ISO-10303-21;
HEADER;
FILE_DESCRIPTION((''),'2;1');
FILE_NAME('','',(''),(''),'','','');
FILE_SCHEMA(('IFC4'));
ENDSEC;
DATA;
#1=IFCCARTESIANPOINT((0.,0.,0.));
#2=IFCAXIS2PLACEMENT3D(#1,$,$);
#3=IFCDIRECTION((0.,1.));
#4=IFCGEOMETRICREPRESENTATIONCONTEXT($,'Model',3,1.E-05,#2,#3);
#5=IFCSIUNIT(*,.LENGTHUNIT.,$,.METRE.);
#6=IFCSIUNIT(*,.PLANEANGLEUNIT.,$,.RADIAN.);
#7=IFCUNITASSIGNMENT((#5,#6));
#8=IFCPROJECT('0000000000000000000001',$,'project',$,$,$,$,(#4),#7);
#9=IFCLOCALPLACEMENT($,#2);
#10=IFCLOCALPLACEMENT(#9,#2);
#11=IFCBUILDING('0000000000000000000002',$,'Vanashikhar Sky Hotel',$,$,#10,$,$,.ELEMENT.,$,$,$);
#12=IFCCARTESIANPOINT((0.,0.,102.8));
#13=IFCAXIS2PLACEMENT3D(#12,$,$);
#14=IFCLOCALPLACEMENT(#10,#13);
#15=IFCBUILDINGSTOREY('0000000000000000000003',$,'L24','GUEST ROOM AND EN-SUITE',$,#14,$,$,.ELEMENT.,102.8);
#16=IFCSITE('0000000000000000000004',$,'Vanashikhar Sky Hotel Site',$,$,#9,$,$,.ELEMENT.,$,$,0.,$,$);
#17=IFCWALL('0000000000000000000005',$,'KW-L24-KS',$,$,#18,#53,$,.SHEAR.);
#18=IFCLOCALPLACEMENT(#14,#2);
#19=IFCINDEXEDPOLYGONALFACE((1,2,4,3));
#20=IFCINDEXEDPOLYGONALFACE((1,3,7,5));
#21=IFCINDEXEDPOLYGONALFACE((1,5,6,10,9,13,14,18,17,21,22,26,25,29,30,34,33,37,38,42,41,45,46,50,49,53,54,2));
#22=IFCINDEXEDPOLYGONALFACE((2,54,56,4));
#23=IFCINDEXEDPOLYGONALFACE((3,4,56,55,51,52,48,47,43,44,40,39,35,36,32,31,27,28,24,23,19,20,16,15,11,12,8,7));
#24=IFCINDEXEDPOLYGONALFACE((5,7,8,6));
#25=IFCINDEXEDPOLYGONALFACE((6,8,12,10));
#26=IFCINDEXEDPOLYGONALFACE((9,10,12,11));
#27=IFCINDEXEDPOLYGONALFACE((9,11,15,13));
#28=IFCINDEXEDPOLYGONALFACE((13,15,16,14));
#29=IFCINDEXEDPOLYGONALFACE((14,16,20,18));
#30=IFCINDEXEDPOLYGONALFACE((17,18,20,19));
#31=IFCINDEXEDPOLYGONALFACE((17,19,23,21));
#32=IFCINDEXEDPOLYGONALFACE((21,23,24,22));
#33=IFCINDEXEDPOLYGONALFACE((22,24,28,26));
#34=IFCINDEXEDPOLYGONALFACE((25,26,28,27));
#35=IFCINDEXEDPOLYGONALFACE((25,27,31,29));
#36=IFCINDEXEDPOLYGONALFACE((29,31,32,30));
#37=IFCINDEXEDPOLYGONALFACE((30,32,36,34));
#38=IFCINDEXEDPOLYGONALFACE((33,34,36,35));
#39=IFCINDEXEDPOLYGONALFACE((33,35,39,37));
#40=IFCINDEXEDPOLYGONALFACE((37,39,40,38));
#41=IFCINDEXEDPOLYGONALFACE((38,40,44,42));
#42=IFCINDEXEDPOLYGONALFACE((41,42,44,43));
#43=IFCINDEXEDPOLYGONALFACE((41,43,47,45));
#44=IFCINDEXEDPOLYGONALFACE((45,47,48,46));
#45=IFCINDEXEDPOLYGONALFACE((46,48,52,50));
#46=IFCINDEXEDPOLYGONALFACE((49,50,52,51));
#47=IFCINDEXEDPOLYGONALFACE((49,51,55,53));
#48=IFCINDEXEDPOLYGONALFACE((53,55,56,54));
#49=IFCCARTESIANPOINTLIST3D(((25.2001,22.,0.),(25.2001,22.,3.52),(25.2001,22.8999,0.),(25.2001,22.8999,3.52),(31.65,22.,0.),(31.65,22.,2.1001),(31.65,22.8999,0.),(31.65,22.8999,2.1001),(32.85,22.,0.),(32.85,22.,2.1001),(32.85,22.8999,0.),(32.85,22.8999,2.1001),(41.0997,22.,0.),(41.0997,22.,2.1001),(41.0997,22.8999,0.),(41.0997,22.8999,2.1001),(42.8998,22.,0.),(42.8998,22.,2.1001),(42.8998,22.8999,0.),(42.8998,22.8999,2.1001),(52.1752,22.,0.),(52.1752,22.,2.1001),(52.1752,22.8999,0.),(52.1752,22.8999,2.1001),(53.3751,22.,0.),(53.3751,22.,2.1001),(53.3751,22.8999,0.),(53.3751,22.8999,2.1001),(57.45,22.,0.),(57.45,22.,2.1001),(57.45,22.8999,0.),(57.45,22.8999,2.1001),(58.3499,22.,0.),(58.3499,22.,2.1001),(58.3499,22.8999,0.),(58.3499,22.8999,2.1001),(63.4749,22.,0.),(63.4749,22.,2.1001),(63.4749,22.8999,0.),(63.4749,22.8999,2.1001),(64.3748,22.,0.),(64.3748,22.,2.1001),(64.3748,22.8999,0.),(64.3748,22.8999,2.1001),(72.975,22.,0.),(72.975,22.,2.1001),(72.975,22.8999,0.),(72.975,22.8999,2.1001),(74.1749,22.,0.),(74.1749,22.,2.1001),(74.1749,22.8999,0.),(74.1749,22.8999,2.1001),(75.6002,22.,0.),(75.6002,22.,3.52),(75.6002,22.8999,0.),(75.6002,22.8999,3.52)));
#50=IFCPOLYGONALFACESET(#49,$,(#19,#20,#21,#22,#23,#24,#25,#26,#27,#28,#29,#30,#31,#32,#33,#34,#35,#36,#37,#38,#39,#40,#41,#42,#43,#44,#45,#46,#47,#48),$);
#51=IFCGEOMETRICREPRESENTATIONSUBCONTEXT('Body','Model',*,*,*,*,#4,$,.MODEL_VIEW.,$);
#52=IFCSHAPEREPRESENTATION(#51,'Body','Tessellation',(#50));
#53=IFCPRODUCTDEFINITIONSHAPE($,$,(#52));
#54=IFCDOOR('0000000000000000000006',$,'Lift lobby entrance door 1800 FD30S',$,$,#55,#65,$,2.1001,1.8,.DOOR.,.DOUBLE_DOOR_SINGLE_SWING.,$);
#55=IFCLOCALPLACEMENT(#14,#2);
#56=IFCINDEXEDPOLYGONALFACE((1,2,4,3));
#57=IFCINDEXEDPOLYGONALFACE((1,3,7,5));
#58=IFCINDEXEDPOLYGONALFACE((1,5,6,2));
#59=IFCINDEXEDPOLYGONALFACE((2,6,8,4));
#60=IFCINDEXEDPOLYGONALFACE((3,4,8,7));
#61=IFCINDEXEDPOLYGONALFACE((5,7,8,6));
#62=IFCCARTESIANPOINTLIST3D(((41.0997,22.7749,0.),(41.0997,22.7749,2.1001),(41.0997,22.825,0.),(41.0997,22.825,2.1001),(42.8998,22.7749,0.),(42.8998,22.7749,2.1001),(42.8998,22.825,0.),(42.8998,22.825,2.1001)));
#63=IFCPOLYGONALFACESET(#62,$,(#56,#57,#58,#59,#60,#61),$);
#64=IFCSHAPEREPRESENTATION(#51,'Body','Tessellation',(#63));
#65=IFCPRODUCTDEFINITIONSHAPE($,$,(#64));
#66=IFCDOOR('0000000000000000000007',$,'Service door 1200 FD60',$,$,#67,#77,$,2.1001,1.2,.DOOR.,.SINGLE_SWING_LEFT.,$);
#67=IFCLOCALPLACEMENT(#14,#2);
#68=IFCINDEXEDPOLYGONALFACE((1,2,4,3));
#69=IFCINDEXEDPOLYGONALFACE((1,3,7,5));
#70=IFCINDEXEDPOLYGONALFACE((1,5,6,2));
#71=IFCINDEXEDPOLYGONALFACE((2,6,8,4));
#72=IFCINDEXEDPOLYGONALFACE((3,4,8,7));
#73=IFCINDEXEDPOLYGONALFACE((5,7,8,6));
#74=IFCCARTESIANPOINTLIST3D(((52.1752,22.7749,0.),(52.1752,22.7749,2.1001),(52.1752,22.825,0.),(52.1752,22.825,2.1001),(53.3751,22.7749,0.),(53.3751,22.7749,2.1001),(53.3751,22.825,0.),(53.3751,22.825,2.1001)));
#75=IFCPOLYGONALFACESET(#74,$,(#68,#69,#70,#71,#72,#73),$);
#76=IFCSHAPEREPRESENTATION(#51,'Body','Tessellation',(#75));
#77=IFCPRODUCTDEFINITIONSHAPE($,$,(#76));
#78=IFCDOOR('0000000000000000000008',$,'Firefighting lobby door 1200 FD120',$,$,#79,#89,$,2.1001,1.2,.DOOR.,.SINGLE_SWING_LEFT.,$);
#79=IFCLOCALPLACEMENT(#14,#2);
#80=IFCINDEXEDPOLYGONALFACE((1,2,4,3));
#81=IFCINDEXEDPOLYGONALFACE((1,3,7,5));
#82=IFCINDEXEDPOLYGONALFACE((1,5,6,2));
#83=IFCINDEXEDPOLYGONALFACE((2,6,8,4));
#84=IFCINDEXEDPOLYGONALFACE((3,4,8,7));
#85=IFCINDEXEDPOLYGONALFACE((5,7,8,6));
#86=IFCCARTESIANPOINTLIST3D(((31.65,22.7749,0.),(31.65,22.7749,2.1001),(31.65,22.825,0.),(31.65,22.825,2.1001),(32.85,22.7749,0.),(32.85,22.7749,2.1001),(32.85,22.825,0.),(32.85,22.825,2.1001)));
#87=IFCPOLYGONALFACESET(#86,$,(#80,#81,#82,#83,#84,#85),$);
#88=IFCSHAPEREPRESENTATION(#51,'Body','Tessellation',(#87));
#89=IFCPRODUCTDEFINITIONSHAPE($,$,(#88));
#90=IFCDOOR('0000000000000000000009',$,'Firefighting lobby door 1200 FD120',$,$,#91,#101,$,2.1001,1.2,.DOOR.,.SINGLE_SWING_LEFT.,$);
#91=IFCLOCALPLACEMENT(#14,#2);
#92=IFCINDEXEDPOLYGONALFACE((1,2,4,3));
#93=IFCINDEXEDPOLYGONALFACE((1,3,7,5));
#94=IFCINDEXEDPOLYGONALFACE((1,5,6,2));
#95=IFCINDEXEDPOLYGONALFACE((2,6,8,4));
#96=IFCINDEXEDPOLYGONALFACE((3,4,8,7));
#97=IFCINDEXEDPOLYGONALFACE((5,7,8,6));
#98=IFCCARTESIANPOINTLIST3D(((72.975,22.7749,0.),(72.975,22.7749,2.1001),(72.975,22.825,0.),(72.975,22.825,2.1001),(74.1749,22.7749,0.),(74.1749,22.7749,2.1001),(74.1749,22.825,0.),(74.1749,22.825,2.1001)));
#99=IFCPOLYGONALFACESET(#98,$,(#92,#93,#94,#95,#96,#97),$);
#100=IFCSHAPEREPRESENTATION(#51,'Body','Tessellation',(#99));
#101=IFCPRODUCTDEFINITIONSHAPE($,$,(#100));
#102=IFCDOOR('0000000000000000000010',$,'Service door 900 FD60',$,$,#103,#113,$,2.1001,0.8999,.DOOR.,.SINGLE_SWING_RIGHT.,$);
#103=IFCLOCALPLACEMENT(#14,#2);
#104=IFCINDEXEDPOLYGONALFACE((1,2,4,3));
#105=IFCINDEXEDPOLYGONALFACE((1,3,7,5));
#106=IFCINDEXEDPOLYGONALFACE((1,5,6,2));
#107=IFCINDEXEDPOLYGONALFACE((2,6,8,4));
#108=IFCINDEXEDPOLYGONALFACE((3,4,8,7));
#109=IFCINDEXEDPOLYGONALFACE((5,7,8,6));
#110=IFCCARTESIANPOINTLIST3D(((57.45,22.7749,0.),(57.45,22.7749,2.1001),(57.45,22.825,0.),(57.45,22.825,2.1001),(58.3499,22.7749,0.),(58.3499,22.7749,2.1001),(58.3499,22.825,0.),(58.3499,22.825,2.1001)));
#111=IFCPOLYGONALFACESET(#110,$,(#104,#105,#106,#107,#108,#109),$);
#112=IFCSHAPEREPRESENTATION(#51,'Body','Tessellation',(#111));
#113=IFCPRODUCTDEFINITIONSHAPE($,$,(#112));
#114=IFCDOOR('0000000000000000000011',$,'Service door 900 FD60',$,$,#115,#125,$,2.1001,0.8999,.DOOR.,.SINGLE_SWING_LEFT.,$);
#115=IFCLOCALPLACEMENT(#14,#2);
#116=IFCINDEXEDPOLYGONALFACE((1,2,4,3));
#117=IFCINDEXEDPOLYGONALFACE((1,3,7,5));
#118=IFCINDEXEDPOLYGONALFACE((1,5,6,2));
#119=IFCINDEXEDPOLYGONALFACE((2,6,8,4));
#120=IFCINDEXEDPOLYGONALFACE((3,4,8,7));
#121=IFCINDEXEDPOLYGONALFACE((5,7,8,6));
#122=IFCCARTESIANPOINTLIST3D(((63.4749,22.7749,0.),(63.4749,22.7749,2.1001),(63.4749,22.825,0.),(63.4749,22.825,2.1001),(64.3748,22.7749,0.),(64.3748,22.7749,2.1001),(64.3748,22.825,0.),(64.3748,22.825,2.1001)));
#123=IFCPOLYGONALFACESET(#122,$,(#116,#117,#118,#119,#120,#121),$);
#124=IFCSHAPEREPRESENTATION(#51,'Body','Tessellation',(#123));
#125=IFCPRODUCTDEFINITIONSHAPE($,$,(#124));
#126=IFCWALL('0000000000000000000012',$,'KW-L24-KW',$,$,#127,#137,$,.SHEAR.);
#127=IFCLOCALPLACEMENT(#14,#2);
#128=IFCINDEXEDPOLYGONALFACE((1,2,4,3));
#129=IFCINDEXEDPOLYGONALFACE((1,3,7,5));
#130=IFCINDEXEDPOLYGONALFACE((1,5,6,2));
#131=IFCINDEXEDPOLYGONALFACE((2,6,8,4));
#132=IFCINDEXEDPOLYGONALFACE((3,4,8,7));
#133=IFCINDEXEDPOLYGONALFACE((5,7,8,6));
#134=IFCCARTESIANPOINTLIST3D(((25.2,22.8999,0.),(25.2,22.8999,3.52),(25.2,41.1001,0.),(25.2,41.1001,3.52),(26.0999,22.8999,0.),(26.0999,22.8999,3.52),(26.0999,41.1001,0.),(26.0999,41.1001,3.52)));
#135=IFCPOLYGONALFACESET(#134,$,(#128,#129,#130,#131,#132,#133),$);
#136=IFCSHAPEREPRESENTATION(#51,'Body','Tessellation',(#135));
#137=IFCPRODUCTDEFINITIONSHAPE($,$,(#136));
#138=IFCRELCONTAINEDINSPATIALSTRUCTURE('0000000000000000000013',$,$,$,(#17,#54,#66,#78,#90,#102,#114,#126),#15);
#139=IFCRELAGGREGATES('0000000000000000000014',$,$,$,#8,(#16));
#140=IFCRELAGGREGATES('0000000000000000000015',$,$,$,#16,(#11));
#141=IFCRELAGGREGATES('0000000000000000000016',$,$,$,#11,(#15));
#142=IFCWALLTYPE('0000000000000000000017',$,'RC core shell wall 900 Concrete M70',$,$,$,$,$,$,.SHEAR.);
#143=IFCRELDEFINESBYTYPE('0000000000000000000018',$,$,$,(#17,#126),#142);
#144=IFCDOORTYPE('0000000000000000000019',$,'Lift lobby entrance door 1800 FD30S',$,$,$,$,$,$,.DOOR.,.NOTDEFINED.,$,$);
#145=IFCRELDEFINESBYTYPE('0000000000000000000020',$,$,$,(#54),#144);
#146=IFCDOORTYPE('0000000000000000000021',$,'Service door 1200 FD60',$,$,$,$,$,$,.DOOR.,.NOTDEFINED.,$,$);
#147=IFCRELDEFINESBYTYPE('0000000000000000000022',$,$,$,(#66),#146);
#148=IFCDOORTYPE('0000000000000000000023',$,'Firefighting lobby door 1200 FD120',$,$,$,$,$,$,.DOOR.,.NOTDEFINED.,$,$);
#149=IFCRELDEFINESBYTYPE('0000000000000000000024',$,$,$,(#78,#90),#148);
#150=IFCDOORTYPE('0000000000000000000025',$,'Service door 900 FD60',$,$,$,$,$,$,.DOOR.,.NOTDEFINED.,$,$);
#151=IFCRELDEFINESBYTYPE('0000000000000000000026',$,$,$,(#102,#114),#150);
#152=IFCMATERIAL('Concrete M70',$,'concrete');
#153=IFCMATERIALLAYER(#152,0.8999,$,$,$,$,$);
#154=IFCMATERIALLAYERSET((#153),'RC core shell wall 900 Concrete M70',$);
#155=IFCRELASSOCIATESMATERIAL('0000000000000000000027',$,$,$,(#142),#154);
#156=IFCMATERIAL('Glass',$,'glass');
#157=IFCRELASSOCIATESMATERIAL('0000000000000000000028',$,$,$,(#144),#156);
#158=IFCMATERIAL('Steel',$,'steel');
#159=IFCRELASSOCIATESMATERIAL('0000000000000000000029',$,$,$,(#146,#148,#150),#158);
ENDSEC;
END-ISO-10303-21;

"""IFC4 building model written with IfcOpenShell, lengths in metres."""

from ifc_helpers import new_model, si_unit, direction, frame, frame_2d, origin, place, context, subcontext, project, spatial, rectangle, extrude, source, transform, mapped, material, layer, layer_set, type_object, element, fill, save


model = new_model("IFC4")

# Units and contexts
model_context = context("Model", 3, precision=1e-05, world=origin(), true_north=direction((0.0, 1.0)))
body_context = subcontext(model_context, "Body", "Model", "MODEL_VIEW")
ifc_project = project(units=[si_unit("LENGTHUNIT", "METRE"), si_unit("PLANEANGLEUNIT", "RADIAN")], contexts=[model_context])

# Site, building, storey
site_placement = place(None, origin())
site = spatial("IfcSite", under=ifc_project, at=site_placement, Name="Vanashikhar Sky Hotel Site", CompositionType="ELEMENT", RefElevation=0.0)
building_placement = place(site_placement, origin())
building = spatial("IfcBuilding", under=site, at=building_placement, Name="Vanashikhar Sky Hotel", CompositionType="ELEMENT")
storey_placement = place(building_placement, frame((0.0, 0.0, 102.8)))
storey = spatial("IfcBuildingStorey", under=building, at=storey_placement, Name="L24", Description="GUEST ROOM AND EN-SUITE", CompositionType="ELEMENT", Elevation=102.8)

# Wall, openings, doors
ifc_material_1 = material(Name="Concrete M70", Category="concrete")
ifc_layer_1 = layer(ifc_material_1, 0.8999)
ifc_layer_set_1 = layer_set([ifc_layer_1], Name="RC core shell wall 900 Concrete M70")
wall_type_1 = type_object("IfcWallType", Name="RC core shell wall 900 Concrete M70", PredefinedType="SHEAR", material=ifc_layer_set_1)
shared_shape_1 = source(origin(), body_context, "Body", "SweptSolid", [
    extrude(rectangle(XDim=50.4001, YDim=0.8999, at=frame_2d((25.2002, 0.0))), origin(), (0.0, 0.0, 1.0), 3.52),
])
wall_1_placement = place(storey_placement, frame((25.2, 22.45, 0.0), z_axis=(0.0, 0.0, 1.0), x_axis=(1.0, 0.0, 0.0)))
wall_1 = element("IfcWall", 1, at=wall_1_placement, inside=storey, type_object=wall_type_1, Name="KW-L24-KS", PredefinedType="SHEAR", context=body_context, shape_type="MappedRepresentation", body=[
    mapped(shared_shape_1, transform((0.0, 0.0, 0.0), scale=1.0)),
])
shared_shape_2 = source(origin(), body_context, "Body", "SweptSolid", [
    extrude(rectangle(XDim=1.8, YDim=2.1001, at=frame_2d((0.8999, 1.05))), frame((0.0, 0.46, 0.0), z_axis=(0.0, -1.0, 0.0), x_axis=(1.0, 0.0, 0.0)), (0.0, 0.0, 1.0), 0.9199),
])
opening_1_placement = place(wall_1_placement, frame((15.8999, 0.0, 0.0)))
opening_1 = element("IfcOpeningElement", 2, at=opening_1_placement, cuts=wall_1, PredefinedType="OPENING", context=body_context, shape_type="MappedRepresentation", body=[
    mapped(shared_shape_2, transform((0.0, 0.0, 0.0), scale=1.0)),
])
shared_shape_3 = source(origin(), body_context, "Body", "SweptSolid", [
    extrude(rectangle(XDim=1.2, YDim=2.1001, at=frame_2d((0.6001, 1.05))), frame((0.0, 0.46, 0.0), z_axis=(0.0, -1.0, 0.0), x_axis=(1.0, 0.0, 0.0)), (0.0, 0.0, 1.0), 0.9199),
])
opening_2_placement = place(wall_1_placement, frame((26.9751, 0.0, 0.0)))
opening_2 = element("IfcOpeningElement", 3, at=opening_2_placement, cuts=wall_1, PredefinedType="OPENING", context=body_context, shape_type="MappedRepresentation", body=[
    mapped(shared_shape_3, transform((0.0, 0.0, 0.0), scale=1.0)),
])
shared_shape_4 = source(origin(), body_context, "Body", "SweptSolid", [
    extrude(rectangle(XDim=0.8999, YDim=2.1001, at=frame_2d((0.45, 1.05))), frame((0.0, 0.46, 0.0), z_axis=(0.0, -1.0, 0.0), x_axis=(1.0, 0.0, 0.0)), (0.0, 0.0, 1.0), 0.9199),
])
opening_3_placement = place(wall_1_placement, frame((32.25, 0.0, 0.0)))
opening_3 = element("IfcOpeningElement", 4, at=opening_3_placement, cuts=wall_1, PredefinedType="OPENING", context=body_context, shape_type="MappedRepresentation", body=[
    mapped(shared_shape_4, transform((0.0, 0.0, 0.0), scale=1.0)),
])
opening_4_placement = place(wall_1_placement, frame((38.2749, 0.0, 0.0)))
opening_4 = element("IfcOpeningElement", 5, at=opening_4_placement, cuts=wall_1, PredefinedType="OPENING", context=body_context, shape_type="MappedRepresentation", body=[
    mapped(shared_shape_4, transform((0.0, 0.0, 0.0), scale=1.0)),
])
opening_5_placement = place(wall_1_placement, frame((6.45, 0.0, 0.0)))
opening_5 = element("IfcOpeningElement", 6, at=opening_5_placement, cuts=wall_1, PredefinedType="OPENING", context=body_context, shape_type="MappedRepresentation", body=[
    mapped(shared_shape_3, transform((0.0, 0.0, 0.0), scale=1.0)),
])
opening_6_placement = place(wall_1_placement, frame((47.7749, 0.0, 0.0)))
opening_6 = element("IfcOpeningElement", 7, at=opening_6_placement, cuts=wall_1, PredefinedType="OPENING", context=body_context, shape_type="MappedRepresentation", body=[
    mapped(shared_shape_3, transform((0.0, 0.0, 0.0), scale=1.0)),
])
ifc_material_2 = material(Name="Glass", Category="glass")
door_type_1 = type_object("IfcDoorType", Name="Lift lobby entrance door 1800 FD30S", OperationType="NOTDEFINED", PredefinedType="DOOR", material=ifc_material_2)
shared_shape_5 = source(origin(), body_context, "Body", "SweptSolid", [
    extrude(rectangle(XDim=1.8, YDim=2.1001, at=frame_2d((0.8999, 1.05))), frame((0.0, 0.375, 0.0), z_axis=(0.0, -1.0, 0.0), x_axis=(1.0, 0.0, 0.0)), (0.0, 0.0, 1.0), 0.05),
])
door_1_placement = place(opening_1_placement, origin())
door_1 = element("IfcDoor", 8, at=door_1_placement, inside=storey, type_object=door_type_1, Name="Lift lobby entrance door 1800 FD30S", OperationType="DOUBLE_DOOR_SINGLE_SWING", OverallHeight=2.1001, OverallWidth=1.8, PredefinedType="DOOR", context=body_context, shape_type="MappedRepresentation", body=[
    mapped(shared_shape_5, transform((0.0, 0.0, 0.0), scale=1.0)),
])
fill(opening_1, door_1)
ifc_material_3 = material(Name="Steel", Category="steel")
door_type_2 = type_object("IfcDoorType", Name="Service door 1200 FD60", OperationType="NOTDEFINED", PredefinedType="DOOR", material=ifc_material_3)
shared_shape_6 = source(origin(), body_context, "Body", "SweptSolid", [
    extrude(rectangle(XDim=1.2, YDim=2.1001, at=frame_2d((0.6001, 1.05))), frame((0.0, 0.375, 0.0), z_axis=(0.0, -1.0, 0.0), x_axis=(1.0, 0.0, 0.0)), (0.0, 0.0, 1.0), 0.05),
])
door_2_placement = place(opening_2_placement, origin())
door_2 = element("IfcDoor", 9, at=door_2_placement, inside=storey, type_object=door_type_2, Name="Service door 1200 FD60", OperationType="SINGLE_SWING_LEFT", OverallHeight=2.1001, OverallWidth=1.2, PredefinedType="DOOR", context=body_context, shape_type="MappedRepresentation", body=[
    mapped(shared_shape_6, transform((0.0, 0.0, 0.0), scale=1.0)),
])
fill(opening_2, door_2)
door_type_3 = type_object("IfcDoorType", Name="Firefighting lobby door 1200 FD120", OperationType="NOTDEFINED", PredefinedType="DOOR", material=ifc_material_3)
door_3_placement = place(opening_5_placement, origin())
door_3 = element("IfcDoor", 10, at=door_3_placement, inside=storey, type_object=door_type_3, Name="Firefighting lobby door 1200 FD120", OperationType="SINGLE_SWING_LEFT", OverallHeight=2.1001, OverallWidth=1.2, PredefinedType="DOOR", context=body_context, shape_type="MappedRepresentation", body=[
    mapped(shared_shape_6, transform((0.0, 0.0, 0.0), scale=1.0)),
])
fill(opening_5, door_3)
door_4_placement = place(opening_6_placement, origin())
door_4 = element("IfcDoor", 11, at=door_4_placement, inside=storey, type_object=door_type_3, Name="Firefighting lobby door 1200 FD120", OperationType="SINGLE_SWING_LEFT", OverallHeight=2.1001, OverallWidth=1.2, PredefinedType="DOOR", context=body_context, shape_type="MappedRepresentation", body=[
    mapped(shared_shape_6, transform((0.0, 0.0, 0.0), scale=1.0)),
])
fill(opening_6, door_4)
door_type_4 = type_object("IfcDoorType", Name="Service door 900 FD60", OperationType="NOTDEFINED", PredefinedType="DOOR", material=ifc_material_3)
shared_shape_7 = source(origin(), body_context, "Body", "SweptSolid", [
    extrude(rectangle(XDim=0.8999, YDim=2.1001, at=frame_2d((0.45, 1.05))), frame((0.0, 0.375, 0.0), z_axis=(0.0, -1.0, 0.0), x_axis=(1.0, 0.0, 0.0)), (0.0, 0.0, 1.0), 0.05),
])
door_5_placement = place(opening_3_placement, origin())
door_5 = element("IfcDoor", 12, at=door_5_placement, inside=storey, type_object=door_type_4, Name="Service door 900 FD60", OperationType="SINGLE_SWING_RIGHT", OverallHeight=2.1001, OverallWidth=0.8999, PredefinedType="DOOR", context=body_context, shape_type="MappedRepresentation", body=[
    mapped(shared_shape_7, transform((0.0, 0.0, 0.0), scale=1.0)),
])
fill(opening_3, door_5)
door_6_placement = place(opening_4_placement, origin())
door_6 = element("IfcDoor", 13, at=door_6_placement, inside=storey, type_object=door_type_4, Name="Service door 900 FD60", OperationType="SINGLE_SWING_LEFT", OverallHeight=2.1001, OverallWidth=0.8999, PredefinedType="DOOR", context=body_context, shape_type="MappedRepresentation", body=[
    mapped(shared_shape_7, transform((0.0, 0.0, 0.0), scale=1.0)),
])
fill(opening_4, door_6)

# Wall
shared_shape_8 = source(origin(), body_context, "Body", "SweptSolid", [
    extrude(rectangle(XDim=18.2002, YDim=0.8999, at=frame_2d((9.1001, 0.0))), origin(), (0.0, 0.0, 1.0), 3.52),
])
wall_2_placement = place(storey_placement, frame((25.6499, 22.8999, 0.0), z_axis=(0.0, 0.0, 1.0), x_axis=(0.0, 1.0, 0.0)))
element("IfcWall", 14, at=wall_2_placement, inside=storey, type_object=wall_type_1, Name="KW-L24-KW", PredefinedType="SHEAR", context=body_context, shape_type="MappedRepresentation", body=[
    mapped(shared_shape_8, transform((0.0, 0.0, 0.0), scale=1.0)),
])

save(model, "model.ifc")
